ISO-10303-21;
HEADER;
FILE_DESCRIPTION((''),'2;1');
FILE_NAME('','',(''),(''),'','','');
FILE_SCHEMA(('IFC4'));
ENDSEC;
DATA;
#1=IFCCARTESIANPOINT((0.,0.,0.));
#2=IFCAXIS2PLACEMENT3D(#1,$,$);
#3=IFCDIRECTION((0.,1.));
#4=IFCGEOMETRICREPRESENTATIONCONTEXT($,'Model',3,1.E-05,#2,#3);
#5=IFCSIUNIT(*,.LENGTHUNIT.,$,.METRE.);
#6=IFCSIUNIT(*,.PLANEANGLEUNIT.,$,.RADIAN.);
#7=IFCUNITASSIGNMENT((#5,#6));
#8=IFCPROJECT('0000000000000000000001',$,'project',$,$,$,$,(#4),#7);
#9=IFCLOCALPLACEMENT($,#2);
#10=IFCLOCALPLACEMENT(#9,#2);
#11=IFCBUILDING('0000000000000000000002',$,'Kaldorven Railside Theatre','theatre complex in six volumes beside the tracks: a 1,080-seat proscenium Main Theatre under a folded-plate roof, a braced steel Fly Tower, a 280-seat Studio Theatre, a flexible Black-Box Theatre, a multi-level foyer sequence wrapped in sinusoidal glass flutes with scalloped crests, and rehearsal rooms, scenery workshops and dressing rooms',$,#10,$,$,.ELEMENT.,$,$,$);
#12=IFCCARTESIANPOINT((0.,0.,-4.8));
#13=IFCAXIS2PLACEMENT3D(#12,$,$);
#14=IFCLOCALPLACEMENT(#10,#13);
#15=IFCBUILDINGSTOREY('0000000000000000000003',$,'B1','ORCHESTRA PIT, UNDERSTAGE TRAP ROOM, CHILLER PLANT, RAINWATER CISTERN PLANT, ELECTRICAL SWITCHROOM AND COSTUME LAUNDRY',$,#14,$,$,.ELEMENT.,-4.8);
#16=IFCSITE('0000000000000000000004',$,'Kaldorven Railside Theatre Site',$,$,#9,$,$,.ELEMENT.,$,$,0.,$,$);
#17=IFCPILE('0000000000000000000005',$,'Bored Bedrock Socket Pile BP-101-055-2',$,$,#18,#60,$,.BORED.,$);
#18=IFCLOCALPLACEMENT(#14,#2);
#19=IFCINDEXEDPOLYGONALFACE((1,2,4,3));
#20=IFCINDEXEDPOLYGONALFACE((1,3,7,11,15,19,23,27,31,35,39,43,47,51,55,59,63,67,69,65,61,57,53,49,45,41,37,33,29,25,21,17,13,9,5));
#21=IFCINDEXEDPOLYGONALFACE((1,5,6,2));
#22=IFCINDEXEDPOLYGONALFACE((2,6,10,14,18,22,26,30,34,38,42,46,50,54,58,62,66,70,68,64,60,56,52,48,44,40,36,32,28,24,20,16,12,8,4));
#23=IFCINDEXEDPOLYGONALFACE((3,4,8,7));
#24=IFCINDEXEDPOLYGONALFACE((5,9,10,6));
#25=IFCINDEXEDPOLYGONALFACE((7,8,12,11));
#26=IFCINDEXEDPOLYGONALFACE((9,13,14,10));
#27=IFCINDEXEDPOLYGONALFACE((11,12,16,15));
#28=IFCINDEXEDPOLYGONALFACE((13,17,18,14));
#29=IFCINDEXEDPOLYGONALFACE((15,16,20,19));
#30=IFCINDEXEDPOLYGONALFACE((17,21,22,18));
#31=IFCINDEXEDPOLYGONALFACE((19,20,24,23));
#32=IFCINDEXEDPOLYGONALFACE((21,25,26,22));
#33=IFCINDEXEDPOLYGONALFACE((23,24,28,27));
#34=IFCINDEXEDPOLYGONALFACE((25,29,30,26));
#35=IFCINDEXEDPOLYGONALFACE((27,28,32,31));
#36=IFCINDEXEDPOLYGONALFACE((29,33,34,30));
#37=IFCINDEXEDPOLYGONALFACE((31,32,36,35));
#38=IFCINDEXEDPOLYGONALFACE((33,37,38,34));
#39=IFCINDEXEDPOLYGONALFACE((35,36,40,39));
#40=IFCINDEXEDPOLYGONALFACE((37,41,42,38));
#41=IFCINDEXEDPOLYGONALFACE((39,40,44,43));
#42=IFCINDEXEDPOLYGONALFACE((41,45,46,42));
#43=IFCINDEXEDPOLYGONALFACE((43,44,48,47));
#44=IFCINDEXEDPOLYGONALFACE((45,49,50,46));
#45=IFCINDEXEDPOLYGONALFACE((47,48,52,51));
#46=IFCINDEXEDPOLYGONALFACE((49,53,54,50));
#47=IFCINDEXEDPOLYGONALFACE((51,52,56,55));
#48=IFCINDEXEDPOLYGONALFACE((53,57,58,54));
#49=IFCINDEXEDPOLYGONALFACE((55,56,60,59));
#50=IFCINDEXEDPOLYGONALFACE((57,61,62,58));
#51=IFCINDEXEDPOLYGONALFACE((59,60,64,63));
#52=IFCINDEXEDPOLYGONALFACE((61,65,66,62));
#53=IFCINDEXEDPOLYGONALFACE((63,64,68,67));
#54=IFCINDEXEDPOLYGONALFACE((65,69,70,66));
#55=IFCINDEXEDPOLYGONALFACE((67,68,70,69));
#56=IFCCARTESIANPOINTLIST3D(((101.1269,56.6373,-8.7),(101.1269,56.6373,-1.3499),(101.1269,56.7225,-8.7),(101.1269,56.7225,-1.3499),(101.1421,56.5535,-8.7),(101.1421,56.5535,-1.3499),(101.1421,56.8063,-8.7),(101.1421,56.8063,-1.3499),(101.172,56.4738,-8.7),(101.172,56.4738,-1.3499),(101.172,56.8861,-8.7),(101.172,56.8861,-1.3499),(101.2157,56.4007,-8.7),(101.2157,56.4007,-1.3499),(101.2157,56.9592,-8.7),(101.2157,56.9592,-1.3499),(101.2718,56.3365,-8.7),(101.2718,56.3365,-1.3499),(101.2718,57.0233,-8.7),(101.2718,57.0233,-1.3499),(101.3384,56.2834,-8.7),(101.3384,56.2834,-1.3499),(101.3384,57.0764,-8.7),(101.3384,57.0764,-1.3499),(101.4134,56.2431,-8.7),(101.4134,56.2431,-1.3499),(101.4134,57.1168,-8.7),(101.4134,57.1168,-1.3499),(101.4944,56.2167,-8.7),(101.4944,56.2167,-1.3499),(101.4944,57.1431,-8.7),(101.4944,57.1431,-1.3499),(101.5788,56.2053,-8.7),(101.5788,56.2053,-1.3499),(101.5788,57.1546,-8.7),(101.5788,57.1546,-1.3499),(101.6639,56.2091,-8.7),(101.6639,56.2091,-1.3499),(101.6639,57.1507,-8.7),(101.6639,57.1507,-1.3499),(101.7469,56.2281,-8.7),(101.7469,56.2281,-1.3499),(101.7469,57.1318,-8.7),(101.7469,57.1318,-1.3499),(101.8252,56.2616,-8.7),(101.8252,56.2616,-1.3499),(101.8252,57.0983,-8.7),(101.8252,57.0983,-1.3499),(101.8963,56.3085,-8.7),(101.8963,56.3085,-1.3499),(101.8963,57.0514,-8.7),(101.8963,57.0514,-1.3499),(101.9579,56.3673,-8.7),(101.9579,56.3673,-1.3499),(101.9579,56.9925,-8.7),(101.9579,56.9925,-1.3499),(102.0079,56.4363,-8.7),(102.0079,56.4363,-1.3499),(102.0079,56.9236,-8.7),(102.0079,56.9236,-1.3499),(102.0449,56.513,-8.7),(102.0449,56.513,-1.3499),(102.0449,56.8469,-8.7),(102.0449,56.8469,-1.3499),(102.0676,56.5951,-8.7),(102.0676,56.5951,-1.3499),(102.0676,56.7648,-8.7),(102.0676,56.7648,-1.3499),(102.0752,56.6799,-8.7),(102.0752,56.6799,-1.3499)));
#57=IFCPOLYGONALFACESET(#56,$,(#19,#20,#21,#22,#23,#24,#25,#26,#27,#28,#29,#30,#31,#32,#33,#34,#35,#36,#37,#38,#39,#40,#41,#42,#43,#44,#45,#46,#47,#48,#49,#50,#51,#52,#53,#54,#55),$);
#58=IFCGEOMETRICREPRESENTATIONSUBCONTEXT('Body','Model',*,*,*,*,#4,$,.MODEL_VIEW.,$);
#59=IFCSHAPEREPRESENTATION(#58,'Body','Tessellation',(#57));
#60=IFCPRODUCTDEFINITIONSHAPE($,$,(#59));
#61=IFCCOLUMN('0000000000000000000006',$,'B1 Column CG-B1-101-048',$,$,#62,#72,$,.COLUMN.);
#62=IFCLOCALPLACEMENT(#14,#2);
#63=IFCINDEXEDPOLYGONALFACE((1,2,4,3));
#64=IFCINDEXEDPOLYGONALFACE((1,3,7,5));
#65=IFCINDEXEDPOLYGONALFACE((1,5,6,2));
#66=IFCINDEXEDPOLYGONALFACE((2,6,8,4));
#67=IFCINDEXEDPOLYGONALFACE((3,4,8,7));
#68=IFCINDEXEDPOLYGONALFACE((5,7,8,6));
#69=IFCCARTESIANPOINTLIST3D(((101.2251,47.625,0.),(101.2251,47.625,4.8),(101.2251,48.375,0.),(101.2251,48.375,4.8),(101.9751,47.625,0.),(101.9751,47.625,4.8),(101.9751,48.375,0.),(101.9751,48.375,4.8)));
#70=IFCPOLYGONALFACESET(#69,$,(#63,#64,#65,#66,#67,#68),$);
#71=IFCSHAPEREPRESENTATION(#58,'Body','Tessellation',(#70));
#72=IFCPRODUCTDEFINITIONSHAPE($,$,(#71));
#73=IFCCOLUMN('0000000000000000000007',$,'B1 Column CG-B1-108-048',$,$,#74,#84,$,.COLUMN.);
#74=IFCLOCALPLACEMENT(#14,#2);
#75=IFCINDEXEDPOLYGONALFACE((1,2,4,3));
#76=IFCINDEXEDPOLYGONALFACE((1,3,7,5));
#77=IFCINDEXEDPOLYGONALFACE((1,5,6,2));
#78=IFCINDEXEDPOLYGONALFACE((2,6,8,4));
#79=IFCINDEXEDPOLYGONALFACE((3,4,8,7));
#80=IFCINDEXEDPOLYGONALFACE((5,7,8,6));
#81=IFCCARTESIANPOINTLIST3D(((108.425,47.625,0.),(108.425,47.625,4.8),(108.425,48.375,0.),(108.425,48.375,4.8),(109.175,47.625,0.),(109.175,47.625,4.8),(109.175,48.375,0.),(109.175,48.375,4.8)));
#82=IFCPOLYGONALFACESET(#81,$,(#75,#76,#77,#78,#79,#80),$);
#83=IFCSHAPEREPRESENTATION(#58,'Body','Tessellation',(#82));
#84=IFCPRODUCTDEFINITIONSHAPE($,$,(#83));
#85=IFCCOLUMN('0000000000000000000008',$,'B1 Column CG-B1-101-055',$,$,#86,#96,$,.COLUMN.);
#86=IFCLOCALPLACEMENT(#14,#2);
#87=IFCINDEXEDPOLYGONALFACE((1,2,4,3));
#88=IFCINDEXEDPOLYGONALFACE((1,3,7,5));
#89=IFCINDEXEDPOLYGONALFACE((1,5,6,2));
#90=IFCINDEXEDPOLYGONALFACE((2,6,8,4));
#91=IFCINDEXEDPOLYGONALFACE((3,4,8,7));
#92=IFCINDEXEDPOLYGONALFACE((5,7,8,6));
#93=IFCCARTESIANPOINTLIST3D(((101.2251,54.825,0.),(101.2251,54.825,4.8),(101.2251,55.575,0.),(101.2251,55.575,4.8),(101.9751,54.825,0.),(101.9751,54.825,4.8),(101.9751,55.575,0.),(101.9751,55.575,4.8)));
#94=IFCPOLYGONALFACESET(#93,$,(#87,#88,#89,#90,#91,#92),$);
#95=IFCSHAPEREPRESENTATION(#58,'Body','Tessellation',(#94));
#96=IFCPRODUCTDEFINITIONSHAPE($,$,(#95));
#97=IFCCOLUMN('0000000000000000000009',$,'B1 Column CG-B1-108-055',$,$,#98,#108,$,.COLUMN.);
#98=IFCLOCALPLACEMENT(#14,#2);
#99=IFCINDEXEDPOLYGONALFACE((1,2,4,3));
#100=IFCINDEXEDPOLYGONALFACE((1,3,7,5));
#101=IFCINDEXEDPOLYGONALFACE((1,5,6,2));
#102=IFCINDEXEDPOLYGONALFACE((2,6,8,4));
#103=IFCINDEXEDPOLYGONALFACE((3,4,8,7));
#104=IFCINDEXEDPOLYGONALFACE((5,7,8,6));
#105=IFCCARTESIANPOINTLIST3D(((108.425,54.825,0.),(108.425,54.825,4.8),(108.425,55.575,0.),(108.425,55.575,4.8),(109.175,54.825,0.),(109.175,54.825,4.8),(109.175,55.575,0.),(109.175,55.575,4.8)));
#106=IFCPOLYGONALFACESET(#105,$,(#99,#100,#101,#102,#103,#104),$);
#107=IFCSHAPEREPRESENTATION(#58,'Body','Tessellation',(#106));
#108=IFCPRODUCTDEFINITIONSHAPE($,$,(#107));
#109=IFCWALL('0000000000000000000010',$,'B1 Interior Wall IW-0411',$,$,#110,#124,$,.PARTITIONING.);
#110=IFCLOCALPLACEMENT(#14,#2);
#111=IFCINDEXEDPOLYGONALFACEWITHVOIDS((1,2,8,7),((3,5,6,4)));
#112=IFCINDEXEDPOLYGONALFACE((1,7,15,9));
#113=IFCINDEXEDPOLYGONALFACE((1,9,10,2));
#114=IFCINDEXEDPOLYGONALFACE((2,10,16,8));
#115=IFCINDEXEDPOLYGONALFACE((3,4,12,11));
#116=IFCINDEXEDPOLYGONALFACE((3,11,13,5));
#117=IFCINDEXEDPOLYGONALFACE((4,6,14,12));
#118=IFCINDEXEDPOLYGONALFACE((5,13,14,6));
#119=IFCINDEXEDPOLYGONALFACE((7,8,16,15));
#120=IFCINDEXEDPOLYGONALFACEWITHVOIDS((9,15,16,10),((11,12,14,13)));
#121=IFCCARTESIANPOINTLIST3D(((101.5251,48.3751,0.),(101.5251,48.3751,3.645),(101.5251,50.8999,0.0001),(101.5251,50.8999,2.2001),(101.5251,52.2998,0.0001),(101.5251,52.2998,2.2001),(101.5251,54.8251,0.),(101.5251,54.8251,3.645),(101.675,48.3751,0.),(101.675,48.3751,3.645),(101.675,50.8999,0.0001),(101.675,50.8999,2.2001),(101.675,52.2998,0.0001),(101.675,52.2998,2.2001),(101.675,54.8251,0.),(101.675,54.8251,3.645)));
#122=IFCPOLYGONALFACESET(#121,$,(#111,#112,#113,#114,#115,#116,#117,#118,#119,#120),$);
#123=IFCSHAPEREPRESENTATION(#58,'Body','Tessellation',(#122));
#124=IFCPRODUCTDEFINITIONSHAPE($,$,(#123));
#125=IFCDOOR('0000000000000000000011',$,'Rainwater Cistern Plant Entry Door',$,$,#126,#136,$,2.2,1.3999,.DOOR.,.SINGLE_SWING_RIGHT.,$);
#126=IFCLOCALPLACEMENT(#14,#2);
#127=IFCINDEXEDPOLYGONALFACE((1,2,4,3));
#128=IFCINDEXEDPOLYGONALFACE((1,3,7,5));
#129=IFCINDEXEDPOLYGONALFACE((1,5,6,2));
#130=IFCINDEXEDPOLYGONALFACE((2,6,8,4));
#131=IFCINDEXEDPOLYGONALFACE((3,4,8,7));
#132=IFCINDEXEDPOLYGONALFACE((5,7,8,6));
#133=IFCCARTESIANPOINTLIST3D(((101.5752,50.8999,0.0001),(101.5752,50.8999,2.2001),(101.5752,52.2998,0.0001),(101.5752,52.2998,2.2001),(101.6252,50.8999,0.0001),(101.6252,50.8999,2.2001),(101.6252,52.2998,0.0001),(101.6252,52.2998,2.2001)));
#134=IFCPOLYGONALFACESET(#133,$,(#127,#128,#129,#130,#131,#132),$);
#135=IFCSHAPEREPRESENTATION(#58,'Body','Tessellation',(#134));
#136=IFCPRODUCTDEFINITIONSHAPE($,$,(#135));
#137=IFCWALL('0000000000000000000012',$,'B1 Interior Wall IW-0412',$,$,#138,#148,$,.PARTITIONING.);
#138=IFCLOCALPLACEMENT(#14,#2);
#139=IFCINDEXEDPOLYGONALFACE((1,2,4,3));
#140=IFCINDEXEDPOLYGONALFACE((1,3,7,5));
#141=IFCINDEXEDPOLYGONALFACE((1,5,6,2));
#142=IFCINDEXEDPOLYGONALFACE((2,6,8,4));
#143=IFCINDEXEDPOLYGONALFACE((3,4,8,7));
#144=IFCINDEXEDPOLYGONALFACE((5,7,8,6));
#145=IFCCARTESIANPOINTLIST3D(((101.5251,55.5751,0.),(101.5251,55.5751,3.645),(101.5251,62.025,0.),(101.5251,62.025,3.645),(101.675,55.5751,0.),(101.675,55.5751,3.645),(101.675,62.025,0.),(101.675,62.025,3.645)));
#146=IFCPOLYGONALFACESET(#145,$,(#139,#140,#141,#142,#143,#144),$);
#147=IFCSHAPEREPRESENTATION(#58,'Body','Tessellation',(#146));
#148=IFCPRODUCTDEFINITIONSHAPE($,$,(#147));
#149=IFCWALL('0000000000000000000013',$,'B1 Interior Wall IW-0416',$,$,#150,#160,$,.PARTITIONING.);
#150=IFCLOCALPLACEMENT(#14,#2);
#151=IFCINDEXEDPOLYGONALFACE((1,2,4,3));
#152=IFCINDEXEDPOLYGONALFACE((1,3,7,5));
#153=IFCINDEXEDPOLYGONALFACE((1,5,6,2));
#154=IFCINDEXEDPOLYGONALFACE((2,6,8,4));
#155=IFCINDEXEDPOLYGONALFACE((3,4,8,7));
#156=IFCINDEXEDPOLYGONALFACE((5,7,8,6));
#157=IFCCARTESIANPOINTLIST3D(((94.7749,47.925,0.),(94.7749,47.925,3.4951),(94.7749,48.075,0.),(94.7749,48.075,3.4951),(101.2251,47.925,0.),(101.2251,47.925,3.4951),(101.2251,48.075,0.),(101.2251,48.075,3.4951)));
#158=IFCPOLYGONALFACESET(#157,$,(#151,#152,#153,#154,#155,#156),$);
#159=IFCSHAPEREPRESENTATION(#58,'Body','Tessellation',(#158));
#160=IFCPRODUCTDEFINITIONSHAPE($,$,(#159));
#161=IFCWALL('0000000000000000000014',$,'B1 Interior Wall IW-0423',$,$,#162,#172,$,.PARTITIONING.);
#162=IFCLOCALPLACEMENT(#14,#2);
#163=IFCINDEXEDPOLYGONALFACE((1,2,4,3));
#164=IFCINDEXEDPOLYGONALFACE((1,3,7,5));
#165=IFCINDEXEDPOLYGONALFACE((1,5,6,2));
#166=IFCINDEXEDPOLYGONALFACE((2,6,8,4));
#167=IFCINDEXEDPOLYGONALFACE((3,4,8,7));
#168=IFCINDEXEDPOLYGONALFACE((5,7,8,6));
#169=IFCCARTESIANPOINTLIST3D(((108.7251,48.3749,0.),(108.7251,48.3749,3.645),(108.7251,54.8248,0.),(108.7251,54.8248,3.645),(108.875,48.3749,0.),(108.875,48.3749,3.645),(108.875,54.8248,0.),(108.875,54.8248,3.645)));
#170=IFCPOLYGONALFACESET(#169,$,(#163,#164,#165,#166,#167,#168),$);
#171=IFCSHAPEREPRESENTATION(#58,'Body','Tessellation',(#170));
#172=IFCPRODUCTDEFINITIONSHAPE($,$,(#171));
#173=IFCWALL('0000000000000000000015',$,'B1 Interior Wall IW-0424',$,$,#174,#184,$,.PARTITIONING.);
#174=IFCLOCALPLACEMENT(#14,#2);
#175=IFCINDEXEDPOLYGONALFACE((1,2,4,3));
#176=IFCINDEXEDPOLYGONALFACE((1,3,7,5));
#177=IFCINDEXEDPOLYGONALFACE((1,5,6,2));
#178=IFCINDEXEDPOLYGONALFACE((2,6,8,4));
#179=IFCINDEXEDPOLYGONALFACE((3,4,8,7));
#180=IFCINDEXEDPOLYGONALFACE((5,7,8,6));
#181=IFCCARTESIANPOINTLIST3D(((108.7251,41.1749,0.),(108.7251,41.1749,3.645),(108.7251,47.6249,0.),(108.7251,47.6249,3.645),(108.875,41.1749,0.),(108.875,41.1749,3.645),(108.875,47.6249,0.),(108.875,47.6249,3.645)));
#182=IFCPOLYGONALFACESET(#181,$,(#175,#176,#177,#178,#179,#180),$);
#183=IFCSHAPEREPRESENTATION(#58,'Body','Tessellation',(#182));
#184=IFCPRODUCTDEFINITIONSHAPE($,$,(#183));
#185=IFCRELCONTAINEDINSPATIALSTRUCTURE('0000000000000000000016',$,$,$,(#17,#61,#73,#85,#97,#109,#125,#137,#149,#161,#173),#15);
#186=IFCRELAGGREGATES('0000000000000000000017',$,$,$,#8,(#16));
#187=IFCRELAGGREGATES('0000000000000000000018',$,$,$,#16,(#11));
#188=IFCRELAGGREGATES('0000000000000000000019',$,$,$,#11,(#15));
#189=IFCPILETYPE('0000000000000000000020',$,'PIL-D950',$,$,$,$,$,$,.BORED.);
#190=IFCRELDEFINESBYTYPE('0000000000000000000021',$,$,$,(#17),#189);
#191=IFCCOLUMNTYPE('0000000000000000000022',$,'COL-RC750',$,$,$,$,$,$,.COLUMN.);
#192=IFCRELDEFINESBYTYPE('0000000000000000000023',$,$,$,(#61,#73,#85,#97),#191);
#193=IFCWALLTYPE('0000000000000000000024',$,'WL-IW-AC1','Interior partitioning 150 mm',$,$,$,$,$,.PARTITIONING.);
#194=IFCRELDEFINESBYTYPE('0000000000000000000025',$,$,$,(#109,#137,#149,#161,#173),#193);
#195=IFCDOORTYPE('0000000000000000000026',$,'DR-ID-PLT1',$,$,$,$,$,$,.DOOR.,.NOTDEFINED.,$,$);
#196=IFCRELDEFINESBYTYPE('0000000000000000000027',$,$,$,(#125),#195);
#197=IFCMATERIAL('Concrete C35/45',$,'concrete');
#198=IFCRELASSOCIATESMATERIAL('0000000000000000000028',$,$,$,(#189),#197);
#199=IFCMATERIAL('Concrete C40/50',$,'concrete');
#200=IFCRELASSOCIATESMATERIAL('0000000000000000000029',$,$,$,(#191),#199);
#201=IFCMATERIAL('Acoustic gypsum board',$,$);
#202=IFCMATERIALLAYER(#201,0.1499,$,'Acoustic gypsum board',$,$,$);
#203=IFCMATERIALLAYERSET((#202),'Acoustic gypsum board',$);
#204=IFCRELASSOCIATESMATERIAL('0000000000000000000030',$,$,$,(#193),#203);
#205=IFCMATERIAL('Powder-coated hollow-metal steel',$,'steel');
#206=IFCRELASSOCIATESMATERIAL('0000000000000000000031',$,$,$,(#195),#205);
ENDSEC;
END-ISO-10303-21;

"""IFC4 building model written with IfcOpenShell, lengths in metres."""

from ifc_helpers import new_model, si_unit, direction, frame, frame_2d, origin, origin_2d, place, context, subcontext, project, spatial, rectangle, circle, extrude, material, layer, layer_set, material_profile, profile_set, type_object, element, fill, save


model = new_model("IFC4")

# Units and contexts
model_context = context("Model", 3, precision=1e-05, world=origin(), true_north=direction((0.0, 1.0)))
body_context = subcontext(model_context, "Body", "Model", "MODEL_VIEW")
ifc_project = project(units=[si_unit("LENGTHUNIT", "METRE"), si_unit("PLANEANGLEUNIT", "RADIAN")], contexts=[model_context])

# Site, building, storey
site_placement = place(None, origin())
site = spatial("IfcSite", under=ifc_project, at=site_placement, Name="Kaldorven Railside Theatre Site", CompositionType="ELEMENT", RefElevation=0.0)
building_placement = place(site_placement, origin())
building = spatial("IfcBuilding", under=site, at=building_placement, Name="Kaldorven Railside Theatre", Description="theatre complex in six volumes beside the tracks: a 1,080-seat proscenium Main Theatre under a folded-plate roof, a braced steel Fly Tower, a 280-seat Studio Theatre, a flexible Black-Box Theatre, a multi-level foyer sequence wrapped in sinusoidal glass flutes with scalloped crests, and rehearsal rooms, scenery workshops and dressing rooms", CompositionType="ELEMENT")
storey_placement = place(building_placement, frame((0.0, 0.0, -4.8)))
storey = spatial("IfcBuildingStorey", under=building, at=storey_placement, Name="B1", Description="ORCHESTRA PIT, UNDERSTAGE TRAP ROOM, CHILLER PLANT, RAINWATER CISTERN PLANT, ELECTRICAL SWITCHROOM AND COSTUME LAUNDRY", CompositionType="ELEMENT", Elevation=-4.8)

# Shared definitions
ifc_material_1 = material(Name="Concrete C40/50", Category="concrete")

# Pile
ifc_material_2 = material(Name="Concrete C35/45", Category="concrete")
ifc_material_profile_1 = material_profile(ifc_material_2, circle(Radius=0.4751, at=origin_2d()), Name="BP D950")
ifc_profile_set_1 = profile_set([ifc_material_profile_1], Name="Concrete C35/45")
pile_type_1 = type_object("IfcPileType", Name="PIL-D950", PredefinedType="BORED", material=ifc_profile_set_1)
for number, where, z_axis, x_axis, name in (
    (1, (101.6001, 56.6799, -1.3499), (0.0, 0.0, -1.0), (1.0, 0.0, 0.0), "Bored Bedrock Socket Pile BP-101-055-2"),
):
    element("IfcPile", number, at=place(storey_placement, frame(where, z_axis=z_axis, x_axis=x_axis)), inside=storey, type_object=pile_type_1, Name=name, PredefinedType="BORED", context=body_context, shape_type="SweptSolid", body=[
        extrude(circle(Radius=0.4751, at=origin_2d()), origin(), (0.0, 0.0, 1.0), 7.3501),
    ])

# Columns
ifc_material_profile_2 = material_profile(ifc_material_1, rectangle(XDim=0.75, YDim=0.75, at=origin_2d()), Name="RC 750x750")
ifc_profile_set_2 = profile_set([ifc_material_profile_2], Name="Concrete C40/50")
column_type = type_object("IfcColumnType", Name="COL-RC750", PredefinedType="COLUMN", material=ifc_profile_set_2)
for number, where, z_axis, x_axis, name in (
    (2, (101.6001, 48.0, 0.0), (0.0, 0.0, 1.0), (0.0, 1.0, 0.0), "B1 Column CG-B1-101-048"),
    (3, (108.8, 48.0, 0.0), (0.0, 0.0, 1.0), (1.0, 0.0, 0.0), "B1 Column CG-B1-108-048"),
    (4, (101.6001, 55.2, 0.0), (0.0, 0.0, 1.0), (1.0, 0.0, 0.0), "B1 Column CG-B1-101-055"),
    (5, (108.8, 55.2, 0.0), (0.0, 0.0, 1.0), (1.0, 0.0, 0.0), "B1 Column CG-B1-108-055"),
):
    element("IfcColumn", number, at=place(storey_placement, frame(where, z_axis=z_axis, x_axis=x_axis)), inside=storey, type_object=column_type, Name=name, PredefinedType="COLUMN", context=body_context, shape_type="SweptSolid", body=[
        extrude(rectangle(XDim=0.75, YDim=0.75, at=origin_2d()), origin(), (0.0, 0.0, 1.0), 4.8),
    ])

# Wall, opening, door
ifc_material_3 = material(Name="Acoustic gypsum board")
ifc_layer = layer(ifc_material_3, 0.1499, Name="Acoustic gypsum board")
ifc_layer_set = layer_set([ifc_layer], Name="Acoustic gypsum board")
wall_type = type_object("IfcWallType", Name="WL-IW-AC1", Description="Interior partitioning 150 mm", PredefinedType="PARTITIONING", material=ifc_layer_set)
wall_1_placement = place(storey_placement, frame((101.6001, 48.375, 0.0), z_axis=(0.0, 0.0, 1.0), x_axis=(0.0, 1.0, 0.0)))
wall_1 = element("IfcWall", 6, at=wall_1_placement, inside=storey, type_object=wall_type, Name="B1 Interior Wall IW-0411", PredefinedType="PARTITIONING", context=body_context, shape_type="SweptSolid", body=[
    extrude(rectangle(XDim=6.45, YDim=0.1499, at=frame_2d((3.2251, 0.0))), origin(), (0.0, 0.0, 1.0), 3.645),
])
opening_placement = place(wall_1_placement, frame((2.5249, 0.0, 0.0)))
opening = element("IfcOpeningElement", 7, at=opening_placement, cuts=wall_1, PredefinedType="OPENING", context=body_context, shape_type="SweptSolid", body=[
    extrude(rectangle(XDim=1.3999, YDim=2.2, at=frame_2d((0.7, 1.1001))), frame((0.0, 0.085, 0.0), z_axis=(0.0, -1.0, 0.0), x_axis=(1.0, 0.0, 0.0)), (0.0, 0.0, 1.0), 0.1699),
])
ifc_material_4 = material(Name="Powder-coated hollow-metal steel", Category="steel")
door_type = type_object("IfcDoorType", Name="DR-ID-PLT1", OperationType="NOTDEFINED", PredefinedType="DOOR", material=ifc_material_4)
door_placement = place(opening_placement, origin())
door = element("IfcDoor", 8, at=door_placement, inside=storey, type_object=door_type, Name="Rainwater Cistern Plant Entry Door", OperationType="SINGLE_SWING_RIGHT", OverallHeight=2.2, OverallWidth=1.3999, PredefinedType="DOOR", context=body_context, shape_type="SweptSolid", body=[
    extrude(rectangle(XDim=1.3999, YDim=2.2, at=frame_2d((0.7, 1.1001))), frame((0.0, 0.0249, 0.0), z_axis=(0.0, -1.0, 0.0), x_axis=(1.0, 0.0, 0.0)), (0.0, 0.0, 1.0), 0.05),
])
fill(opening, door)

# Walls
wall_2_placement = place(storey_placement, frame((101.6001, 55.575, 0.0), z_axis=(0.0, 0.0, 1.0), x_axis=(0.0, 1.0, 0.0)))
element("IfcWall", 9, at=wall_2_placement, inside=storey, type_object=wall_type, Name="B1 Interior Wall IW-0412", PredefinedType="PARTITIONING", context=body_context, shape_type="SweptSolid", body=[
    extrude(rectangle(XDim=6.45, YDim=0.1499, at=frame_2d((3.2251, 0.0))), origin(), (0.0, 0.0, 1.0), 3.645),
])
wall_3_placement = place(storey_placement, frame((94.7749, 48.0, 0.0), z_axis=(0.0, 0.0, 1.0), x_axis=(1.0, 0.0, 0.0)))
element("IfcWall", 10, at=wall_3_placement, inside=storey, type_object=wall_type, Name="B1 Interior Wall IW-0416", PredefinedType="PARTITIONING", context=body_context, shape_type="SweptSolid", body=[
    extrude(rectangle(XDim=6.4502, YDim=0.1499, at=frame_2d((3.2251, 0.0))), origin(), (0.0, 0.0, 1.0), 3.4951),
])
for number, where, z_axis, x_axis, name in (
    (11, (108.8, 54.825, 0.0), (0.0, 0.0, 1.0), (0.0, -1.0, 0.0), "B1 Interior Wall IW-0423"),
    (12, (108.8, 47.625, 0.0), (0.0, 0.0, 1.0), (0.0, -1.0, 0.0), "B1 Interior Wall IW-0424"),
):
    element("IfcWall", number, at=place(storey_placement, frame(where, z_axis=z_axis, x_axis=x_axis)), inside=storey, type_object=wall_type, Name=name, PredefinedType="PARTITIONING", context=body_context, shape_type="SweptSolid", body=[
        extrude(rectangle(XDim=6.45, YDim=0.1499, at=frame_2d((3.2251, 0.0))), origin(), (0.0, 0.0, 1.0), 3.645),
    ])

save(model, "model.ifc")
